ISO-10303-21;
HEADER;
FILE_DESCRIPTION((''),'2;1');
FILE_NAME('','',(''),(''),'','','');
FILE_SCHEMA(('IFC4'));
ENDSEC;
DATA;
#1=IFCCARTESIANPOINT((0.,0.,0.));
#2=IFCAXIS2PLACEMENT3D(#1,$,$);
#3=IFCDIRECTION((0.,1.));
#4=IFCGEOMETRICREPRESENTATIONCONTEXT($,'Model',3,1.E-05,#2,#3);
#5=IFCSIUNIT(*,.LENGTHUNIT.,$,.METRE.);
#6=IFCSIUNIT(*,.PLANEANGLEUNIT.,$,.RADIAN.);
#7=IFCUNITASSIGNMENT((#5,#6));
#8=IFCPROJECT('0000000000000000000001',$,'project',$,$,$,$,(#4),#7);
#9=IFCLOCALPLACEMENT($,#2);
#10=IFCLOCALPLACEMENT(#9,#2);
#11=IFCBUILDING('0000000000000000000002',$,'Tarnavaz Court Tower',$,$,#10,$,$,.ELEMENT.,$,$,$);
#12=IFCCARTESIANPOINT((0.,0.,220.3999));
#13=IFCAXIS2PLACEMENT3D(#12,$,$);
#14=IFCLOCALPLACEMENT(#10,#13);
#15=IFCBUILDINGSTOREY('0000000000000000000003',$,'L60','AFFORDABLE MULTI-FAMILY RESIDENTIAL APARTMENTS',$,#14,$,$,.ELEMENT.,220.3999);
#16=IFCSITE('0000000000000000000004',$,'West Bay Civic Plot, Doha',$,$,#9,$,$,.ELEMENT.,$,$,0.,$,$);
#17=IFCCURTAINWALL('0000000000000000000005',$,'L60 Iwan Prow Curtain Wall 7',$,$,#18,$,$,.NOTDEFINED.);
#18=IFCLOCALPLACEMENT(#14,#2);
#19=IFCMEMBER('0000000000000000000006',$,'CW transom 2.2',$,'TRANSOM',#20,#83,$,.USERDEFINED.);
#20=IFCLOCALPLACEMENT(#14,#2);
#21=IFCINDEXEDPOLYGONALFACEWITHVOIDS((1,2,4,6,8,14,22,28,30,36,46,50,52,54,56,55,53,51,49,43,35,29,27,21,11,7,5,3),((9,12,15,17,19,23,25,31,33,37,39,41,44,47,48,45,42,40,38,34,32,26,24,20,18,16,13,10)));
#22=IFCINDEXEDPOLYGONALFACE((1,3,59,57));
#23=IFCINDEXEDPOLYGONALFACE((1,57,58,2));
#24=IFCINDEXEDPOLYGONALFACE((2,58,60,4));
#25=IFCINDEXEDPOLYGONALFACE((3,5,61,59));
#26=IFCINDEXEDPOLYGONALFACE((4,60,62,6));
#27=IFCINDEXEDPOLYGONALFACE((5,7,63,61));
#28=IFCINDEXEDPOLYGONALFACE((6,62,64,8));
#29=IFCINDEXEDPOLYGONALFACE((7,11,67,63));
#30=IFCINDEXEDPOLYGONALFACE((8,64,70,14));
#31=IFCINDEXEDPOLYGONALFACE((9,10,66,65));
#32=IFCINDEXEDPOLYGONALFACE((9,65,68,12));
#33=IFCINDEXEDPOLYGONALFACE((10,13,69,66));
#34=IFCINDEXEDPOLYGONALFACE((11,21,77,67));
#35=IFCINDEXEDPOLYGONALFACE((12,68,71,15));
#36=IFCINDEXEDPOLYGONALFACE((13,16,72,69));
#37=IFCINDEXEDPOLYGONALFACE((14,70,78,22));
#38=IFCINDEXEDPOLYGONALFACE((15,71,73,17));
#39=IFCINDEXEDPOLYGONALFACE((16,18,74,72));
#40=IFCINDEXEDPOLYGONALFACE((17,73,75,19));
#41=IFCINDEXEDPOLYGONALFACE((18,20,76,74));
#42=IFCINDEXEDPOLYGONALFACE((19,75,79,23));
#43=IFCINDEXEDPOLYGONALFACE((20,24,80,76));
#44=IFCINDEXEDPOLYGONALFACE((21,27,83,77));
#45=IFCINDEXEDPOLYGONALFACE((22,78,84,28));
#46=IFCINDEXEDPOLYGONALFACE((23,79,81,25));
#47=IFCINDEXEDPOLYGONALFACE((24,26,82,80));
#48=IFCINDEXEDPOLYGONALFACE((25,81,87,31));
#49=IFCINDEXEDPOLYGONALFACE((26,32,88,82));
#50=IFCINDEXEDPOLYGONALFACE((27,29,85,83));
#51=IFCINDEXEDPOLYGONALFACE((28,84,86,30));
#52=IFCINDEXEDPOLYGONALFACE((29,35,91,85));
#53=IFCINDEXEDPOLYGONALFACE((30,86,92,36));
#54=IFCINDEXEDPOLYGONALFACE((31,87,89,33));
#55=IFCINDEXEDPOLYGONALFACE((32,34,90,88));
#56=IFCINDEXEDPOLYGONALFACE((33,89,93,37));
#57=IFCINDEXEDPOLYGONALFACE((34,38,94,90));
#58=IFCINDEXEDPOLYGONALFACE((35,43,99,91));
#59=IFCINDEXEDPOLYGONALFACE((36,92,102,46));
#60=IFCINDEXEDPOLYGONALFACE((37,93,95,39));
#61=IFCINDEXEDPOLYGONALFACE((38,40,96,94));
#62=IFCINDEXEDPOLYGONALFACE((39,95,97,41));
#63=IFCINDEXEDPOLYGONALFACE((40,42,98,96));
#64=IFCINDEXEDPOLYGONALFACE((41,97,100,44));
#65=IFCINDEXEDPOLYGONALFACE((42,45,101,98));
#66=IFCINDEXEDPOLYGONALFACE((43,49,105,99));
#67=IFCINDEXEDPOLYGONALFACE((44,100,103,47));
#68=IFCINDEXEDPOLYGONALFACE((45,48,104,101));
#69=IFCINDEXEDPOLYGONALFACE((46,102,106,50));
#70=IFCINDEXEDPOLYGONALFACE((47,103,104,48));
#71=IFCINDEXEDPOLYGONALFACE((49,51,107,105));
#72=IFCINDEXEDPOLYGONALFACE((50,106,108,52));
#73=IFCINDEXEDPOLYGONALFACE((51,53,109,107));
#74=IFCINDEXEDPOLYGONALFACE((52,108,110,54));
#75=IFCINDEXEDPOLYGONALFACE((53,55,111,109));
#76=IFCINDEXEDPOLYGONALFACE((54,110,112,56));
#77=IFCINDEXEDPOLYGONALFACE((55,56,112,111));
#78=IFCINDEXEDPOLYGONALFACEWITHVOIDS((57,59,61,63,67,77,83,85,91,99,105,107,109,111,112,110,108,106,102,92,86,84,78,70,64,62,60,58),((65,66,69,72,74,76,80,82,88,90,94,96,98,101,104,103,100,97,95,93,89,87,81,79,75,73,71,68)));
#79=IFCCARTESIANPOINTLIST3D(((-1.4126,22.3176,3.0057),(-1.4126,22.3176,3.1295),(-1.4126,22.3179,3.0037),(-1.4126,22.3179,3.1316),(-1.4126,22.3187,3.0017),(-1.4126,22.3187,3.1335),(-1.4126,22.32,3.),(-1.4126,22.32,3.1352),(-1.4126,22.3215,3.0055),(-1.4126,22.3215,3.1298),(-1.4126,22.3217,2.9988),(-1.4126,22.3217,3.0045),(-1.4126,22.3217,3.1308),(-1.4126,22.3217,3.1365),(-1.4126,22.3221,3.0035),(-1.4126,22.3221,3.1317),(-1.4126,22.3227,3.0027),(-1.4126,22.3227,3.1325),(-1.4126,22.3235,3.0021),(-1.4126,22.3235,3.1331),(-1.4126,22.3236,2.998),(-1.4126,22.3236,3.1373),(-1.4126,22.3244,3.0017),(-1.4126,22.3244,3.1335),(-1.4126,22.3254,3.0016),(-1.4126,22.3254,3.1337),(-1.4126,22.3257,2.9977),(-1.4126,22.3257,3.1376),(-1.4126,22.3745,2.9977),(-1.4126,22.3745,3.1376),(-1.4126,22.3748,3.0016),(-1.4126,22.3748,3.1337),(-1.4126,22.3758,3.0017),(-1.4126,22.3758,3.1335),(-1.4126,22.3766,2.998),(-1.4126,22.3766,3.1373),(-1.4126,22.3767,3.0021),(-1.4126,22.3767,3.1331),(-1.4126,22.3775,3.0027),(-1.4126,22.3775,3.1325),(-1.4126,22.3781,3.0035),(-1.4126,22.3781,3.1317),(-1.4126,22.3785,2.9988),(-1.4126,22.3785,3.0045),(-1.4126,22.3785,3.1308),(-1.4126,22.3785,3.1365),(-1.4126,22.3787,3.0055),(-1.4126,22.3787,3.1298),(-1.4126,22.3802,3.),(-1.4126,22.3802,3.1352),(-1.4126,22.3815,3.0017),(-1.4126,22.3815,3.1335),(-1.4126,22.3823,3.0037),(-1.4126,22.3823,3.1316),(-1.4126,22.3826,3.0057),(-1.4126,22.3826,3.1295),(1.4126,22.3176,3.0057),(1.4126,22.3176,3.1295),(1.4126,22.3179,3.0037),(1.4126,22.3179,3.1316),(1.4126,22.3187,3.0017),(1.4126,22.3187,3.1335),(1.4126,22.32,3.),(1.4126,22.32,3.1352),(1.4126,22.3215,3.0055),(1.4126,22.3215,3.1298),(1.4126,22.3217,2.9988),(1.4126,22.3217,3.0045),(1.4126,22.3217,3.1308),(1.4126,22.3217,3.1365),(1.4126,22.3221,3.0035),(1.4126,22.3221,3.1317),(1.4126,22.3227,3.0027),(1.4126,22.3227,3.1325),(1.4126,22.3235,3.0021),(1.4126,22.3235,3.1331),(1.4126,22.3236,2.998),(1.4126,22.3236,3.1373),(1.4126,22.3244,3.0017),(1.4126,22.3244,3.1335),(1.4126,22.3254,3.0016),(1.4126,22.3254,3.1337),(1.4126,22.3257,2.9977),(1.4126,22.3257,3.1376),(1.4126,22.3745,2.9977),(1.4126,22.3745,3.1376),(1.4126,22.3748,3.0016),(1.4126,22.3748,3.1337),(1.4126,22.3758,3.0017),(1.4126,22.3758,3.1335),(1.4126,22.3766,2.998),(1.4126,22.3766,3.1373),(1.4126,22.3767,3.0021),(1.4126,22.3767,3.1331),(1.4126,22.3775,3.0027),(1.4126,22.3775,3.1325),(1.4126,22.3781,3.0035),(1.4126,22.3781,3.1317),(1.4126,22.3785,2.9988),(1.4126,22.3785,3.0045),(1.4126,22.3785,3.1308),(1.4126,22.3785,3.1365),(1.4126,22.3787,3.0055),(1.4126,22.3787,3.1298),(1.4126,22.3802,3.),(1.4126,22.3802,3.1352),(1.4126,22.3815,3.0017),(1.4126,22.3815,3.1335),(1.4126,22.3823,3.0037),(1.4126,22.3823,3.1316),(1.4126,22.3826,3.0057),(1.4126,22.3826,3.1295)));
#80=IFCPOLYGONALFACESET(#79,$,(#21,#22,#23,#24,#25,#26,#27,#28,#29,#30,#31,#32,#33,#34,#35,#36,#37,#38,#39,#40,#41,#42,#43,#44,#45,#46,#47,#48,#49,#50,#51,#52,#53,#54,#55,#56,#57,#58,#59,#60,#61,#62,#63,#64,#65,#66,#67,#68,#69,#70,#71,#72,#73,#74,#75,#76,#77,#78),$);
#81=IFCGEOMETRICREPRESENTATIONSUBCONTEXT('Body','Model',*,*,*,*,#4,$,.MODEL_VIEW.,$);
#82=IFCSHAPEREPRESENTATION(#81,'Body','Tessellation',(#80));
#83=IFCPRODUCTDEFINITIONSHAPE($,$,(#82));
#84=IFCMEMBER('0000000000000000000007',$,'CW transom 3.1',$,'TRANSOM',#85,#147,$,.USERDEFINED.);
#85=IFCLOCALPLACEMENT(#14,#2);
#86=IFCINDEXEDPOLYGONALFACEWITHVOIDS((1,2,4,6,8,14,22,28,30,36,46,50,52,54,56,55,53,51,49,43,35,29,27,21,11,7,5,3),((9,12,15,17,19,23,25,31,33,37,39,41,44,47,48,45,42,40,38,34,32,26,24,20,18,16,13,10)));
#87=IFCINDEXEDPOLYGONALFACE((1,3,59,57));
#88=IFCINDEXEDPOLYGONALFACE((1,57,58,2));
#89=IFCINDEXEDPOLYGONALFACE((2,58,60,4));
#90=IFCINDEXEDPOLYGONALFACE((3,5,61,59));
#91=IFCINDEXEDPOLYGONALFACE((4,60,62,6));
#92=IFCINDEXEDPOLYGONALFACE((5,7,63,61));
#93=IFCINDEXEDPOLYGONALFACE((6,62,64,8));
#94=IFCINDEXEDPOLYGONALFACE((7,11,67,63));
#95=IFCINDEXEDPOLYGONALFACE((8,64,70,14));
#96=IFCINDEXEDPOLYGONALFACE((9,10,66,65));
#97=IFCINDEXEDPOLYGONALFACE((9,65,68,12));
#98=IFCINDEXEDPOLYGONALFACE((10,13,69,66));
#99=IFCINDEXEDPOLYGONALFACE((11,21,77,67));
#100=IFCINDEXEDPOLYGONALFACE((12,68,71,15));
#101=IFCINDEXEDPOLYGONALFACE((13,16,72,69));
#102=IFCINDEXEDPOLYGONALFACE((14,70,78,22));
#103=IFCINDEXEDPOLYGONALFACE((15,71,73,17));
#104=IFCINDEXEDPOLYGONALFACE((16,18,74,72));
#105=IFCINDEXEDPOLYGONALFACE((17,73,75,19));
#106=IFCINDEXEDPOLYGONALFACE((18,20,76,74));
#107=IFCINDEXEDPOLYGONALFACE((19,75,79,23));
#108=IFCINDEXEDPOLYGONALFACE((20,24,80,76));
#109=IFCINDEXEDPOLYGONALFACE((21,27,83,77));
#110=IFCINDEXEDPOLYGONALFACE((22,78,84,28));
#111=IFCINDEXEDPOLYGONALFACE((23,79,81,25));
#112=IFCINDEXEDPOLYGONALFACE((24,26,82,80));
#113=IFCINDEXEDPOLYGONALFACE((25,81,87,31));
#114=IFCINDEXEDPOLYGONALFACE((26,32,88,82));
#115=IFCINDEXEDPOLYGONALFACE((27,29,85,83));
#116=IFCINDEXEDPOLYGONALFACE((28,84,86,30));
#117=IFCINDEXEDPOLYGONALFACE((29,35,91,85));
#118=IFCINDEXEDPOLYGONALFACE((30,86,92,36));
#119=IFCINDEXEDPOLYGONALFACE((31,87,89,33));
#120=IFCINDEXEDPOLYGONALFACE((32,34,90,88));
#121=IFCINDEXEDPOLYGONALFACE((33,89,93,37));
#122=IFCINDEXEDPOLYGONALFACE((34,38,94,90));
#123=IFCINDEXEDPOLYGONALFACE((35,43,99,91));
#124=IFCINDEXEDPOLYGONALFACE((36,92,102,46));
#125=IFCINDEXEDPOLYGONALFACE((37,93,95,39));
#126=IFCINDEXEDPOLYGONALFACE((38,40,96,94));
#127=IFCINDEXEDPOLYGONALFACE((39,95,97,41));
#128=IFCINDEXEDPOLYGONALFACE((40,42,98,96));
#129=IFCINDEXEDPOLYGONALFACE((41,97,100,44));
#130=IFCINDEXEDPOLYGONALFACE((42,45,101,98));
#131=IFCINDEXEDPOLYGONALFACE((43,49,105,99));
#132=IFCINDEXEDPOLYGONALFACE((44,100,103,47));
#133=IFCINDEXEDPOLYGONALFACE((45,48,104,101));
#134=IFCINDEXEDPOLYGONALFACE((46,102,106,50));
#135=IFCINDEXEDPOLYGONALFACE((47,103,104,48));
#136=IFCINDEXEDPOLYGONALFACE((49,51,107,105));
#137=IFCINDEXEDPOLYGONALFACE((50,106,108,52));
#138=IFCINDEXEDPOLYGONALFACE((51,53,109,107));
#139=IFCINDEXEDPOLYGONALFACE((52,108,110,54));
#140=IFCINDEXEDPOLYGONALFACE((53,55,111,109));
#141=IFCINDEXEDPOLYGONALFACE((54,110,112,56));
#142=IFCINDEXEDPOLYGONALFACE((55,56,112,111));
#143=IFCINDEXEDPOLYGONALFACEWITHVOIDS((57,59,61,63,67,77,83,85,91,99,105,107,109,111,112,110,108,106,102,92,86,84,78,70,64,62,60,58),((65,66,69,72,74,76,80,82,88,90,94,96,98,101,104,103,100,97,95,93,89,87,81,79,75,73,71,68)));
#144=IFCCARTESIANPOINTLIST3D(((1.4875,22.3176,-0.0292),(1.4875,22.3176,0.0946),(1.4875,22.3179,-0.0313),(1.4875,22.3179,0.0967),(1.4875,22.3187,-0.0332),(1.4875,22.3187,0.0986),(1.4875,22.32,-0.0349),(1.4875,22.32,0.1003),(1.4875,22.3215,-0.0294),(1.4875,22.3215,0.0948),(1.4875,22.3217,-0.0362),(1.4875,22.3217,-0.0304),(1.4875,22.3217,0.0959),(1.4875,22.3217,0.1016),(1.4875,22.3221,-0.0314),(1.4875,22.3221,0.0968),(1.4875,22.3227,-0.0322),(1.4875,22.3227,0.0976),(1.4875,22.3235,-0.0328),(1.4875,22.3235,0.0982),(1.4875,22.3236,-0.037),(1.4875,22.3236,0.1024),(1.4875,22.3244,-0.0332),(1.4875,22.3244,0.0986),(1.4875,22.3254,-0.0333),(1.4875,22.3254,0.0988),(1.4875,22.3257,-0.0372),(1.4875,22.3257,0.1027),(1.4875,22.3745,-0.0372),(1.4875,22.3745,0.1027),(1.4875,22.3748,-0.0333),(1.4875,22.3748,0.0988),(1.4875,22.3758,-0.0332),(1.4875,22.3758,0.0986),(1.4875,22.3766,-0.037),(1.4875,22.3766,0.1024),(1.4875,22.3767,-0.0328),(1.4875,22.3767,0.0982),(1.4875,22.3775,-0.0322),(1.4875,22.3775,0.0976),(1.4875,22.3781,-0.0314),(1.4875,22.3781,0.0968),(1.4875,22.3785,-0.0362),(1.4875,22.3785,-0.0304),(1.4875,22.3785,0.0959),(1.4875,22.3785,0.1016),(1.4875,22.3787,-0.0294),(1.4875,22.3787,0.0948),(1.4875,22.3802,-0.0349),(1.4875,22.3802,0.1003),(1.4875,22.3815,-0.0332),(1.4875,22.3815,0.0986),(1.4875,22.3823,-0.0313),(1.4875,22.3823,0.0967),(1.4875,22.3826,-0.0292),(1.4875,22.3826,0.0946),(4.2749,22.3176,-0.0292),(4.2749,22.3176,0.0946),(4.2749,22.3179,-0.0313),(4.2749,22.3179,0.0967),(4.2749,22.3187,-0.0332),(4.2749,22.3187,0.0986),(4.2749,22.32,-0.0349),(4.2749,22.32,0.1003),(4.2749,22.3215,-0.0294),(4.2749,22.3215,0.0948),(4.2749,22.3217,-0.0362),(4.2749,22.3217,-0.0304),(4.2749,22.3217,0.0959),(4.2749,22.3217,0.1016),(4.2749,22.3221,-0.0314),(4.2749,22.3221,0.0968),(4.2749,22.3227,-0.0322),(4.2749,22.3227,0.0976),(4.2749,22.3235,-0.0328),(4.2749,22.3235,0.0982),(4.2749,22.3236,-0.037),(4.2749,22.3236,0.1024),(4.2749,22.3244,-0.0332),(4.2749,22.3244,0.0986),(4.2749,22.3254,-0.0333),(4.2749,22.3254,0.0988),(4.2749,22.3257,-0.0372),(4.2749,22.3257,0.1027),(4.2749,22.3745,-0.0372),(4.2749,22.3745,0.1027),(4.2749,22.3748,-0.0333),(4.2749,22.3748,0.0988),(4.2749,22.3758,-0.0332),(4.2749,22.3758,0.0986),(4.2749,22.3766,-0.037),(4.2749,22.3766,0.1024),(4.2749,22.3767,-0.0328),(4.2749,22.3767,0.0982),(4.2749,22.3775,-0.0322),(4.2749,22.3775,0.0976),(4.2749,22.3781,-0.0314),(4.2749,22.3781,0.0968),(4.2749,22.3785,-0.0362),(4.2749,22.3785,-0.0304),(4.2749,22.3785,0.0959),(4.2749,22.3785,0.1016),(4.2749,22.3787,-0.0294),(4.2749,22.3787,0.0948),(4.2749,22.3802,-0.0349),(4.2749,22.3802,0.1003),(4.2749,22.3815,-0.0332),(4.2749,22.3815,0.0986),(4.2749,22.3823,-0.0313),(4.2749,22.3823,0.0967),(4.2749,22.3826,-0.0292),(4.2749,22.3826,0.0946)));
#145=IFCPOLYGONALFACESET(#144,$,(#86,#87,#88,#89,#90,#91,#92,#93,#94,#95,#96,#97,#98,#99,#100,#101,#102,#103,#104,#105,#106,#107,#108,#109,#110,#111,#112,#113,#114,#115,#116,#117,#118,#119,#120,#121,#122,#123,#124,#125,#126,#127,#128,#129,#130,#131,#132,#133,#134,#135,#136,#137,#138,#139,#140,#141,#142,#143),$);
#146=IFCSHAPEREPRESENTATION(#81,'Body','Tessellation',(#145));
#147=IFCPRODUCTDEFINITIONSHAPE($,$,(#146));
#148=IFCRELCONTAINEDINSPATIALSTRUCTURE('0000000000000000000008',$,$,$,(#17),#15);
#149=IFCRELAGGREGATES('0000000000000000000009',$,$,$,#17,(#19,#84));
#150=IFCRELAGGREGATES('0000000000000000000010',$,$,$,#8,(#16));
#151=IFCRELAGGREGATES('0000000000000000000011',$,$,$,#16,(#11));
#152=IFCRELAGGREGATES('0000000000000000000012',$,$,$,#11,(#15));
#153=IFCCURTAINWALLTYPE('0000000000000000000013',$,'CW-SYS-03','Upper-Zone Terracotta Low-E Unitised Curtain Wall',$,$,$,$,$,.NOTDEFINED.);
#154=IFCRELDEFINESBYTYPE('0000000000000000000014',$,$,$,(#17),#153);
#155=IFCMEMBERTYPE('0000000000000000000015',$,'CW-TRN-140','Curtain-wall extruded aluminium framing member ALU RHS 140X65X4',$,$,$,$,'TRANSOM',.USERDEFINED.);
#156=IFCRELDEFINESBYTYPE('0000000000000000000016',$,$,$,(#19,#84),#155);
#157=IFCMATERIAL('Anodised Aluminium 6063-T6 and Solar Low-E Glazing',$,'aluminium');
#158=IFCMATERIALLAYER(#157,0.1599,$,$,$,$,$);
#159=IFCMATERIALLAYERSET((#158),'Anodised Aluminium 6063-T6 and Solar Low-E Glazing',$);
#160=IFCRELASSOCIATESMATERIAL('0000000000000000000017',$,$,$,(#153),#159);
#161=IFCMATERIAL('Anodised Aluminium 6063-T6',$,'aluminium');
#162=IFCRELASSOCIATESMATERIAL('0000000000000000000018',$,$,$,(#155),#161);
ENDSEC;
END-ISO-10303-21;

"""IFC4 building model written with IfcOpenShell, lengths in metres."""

from ifc_helpers import new_model, si_unit, direction, frame, origin, origin_2d, place, context, subcontext, project, spatial, hollow_rectangle, extrude, material, layer, layer_set, material_profile, profile_set, type_object, element, aggregate, save


model = new_model("IFC4")

# Units and contexts
model_context = context("Model", 3, precision=1e-05, world=origin(), true_north=direction((0.0, 1.0)))
body_context = subcontext(model_context, "Body", "Model", "MODEL_VIEW")
ifc_project = project(units=[si_unit("LENGTHUNIT", "METRE"), si_unit("PLANEANGLEUNIT", "RADIAN")], contexts=[model_context])

# Site, building, storey
site_placement = place(None, origin())
site = spatial("IfcSite", under=ifc_project, at=site_placement, Name="West Bay Civic Plot, Doha", CompositionType="ELEMENT", RefElevation=0.0)
building_placement = place(site_placement, origin())
building = spatial("IfcBuilding", under=site, at=building_placement, Name="Tarnavaz Court Tower", CompositionType="ELEMENT")
storey_placement = place(building_placement, frame((0.0, 0.0, 220.3999)))
storey = spatial("IfcBuildingStorey", under=building, at=storey_placement, Name="L60", Description="AFFORDABLE MULTI-FAMILY RESIDENTIAL APARTMENTS", CompositionType="ELEMENT", Elevation=220.3999)

# Curtain wall, members
ifc_material_1 = material(Name="Anodised Aluminium 6063-T6 and Solar Low-E Glazing", Category="aluminium")
ifc_layer_1 = layer(ifc_material_1, 0.1599)
ifc_layer_set_1 = layer_set([ifc_layer_1], Name="Anodised Aluminium 6063-T6 and Solar Low-E Glazing")
curtain_wall_type = type_object("IfcCurtainWallType", Name="CW-SYS-03", Description="Upper-Zone Terracotta Low-E Unitised Curtain Wall", PredefinedType="NOTDEFINED", material=ifc_layer_set_1)
curtain_wall_placement = place(storey_placement, origin())
curtain_wall = element("IfcCurtainWall", 1, at=curtain_wall_placement, inside=storey, type_object=curtain_wall_type, Name="L60 Iwan Prow Curtain Wall 7", PredefinedType="NOTDEFINED")
ifc_material_2 = material(Name="Anodised Aluminium 6063-T6", Category="aluminium")
ifc_material_profile_1 = material_profile(ifc_material_2, hollow_rectangle(XDim=0.0649, YDim=0.1399, WallThickness=0.0039, InnerFilletRadius=0.0039, OuterFilletRadius=0.0081, at=origin_2d()), Name="ALU RHS 140X65X4")
ifc_profile_set_1 = profile_set([ifc_material_profile_1], Name="Anodised Aluminium 6063-T6")
member_type_1 = type_object("IfcMemberType", Name="CW-TRN-140", Description="Curtain-wall extruded aluminium framing member ALU RHS 140X65X4", ElementType="TRANSOM", PredefinedType="USERDEFINED", material=ifc_profile_set_1)
member_1_placement = place(storey_placement, frame((-1.4126, 22.3501, 3.0676), z_axis=(1.0, 0.0, 0.0), x_axis=(0.0, 1.0, 0.0)))
member_1 = element("IfcMember", 2, at=member_1_placement, type_object=member_type_1, Name="CW transom 2.2", ObjectType="TRANSOM", PredefinedType="USERDEFINED", context=body_context, shape_type="SweptSolid", body=[
    extrude(hollow_rectangle(XDim=0.0649, YDim=0.1399, WallThickness=0.0039, InnerFilletRadius=0.0039, OuterFilletRadius=0.0081, at=origin_2d()), origin(), (0.0, 0.0, 1.0), 2.8252),
])
member_2_placement = place(storey_placement, frame((1.4875, 22.3501, 0.0327), z_axis=(1.0, 0.0, 0.0), x_axis=(0.0, 1.0, 0.0)))
member_2 = element("IfcMember", 3, at=member_2_placement, type_object=member_type_1, Name="CW transom 3.1", ObjectType="TRANSOM", PredefinedType="USERDEFINED", context=body_context, shape_type="SweptSolid", body=[
    extrude(hollow_rectangle(XDim=0.0649, YDim=0.1399, WallThickness=0.0039, InnerFilletRadius=0.0039, OuterFilletRadius=0.0081, at=origin_2d()), origin(), (0.0, 0.0, 1.0), 2.7874),
])
aggregate(curtain_wall, [member_1, member_2])

save(model, "model.ifc")
